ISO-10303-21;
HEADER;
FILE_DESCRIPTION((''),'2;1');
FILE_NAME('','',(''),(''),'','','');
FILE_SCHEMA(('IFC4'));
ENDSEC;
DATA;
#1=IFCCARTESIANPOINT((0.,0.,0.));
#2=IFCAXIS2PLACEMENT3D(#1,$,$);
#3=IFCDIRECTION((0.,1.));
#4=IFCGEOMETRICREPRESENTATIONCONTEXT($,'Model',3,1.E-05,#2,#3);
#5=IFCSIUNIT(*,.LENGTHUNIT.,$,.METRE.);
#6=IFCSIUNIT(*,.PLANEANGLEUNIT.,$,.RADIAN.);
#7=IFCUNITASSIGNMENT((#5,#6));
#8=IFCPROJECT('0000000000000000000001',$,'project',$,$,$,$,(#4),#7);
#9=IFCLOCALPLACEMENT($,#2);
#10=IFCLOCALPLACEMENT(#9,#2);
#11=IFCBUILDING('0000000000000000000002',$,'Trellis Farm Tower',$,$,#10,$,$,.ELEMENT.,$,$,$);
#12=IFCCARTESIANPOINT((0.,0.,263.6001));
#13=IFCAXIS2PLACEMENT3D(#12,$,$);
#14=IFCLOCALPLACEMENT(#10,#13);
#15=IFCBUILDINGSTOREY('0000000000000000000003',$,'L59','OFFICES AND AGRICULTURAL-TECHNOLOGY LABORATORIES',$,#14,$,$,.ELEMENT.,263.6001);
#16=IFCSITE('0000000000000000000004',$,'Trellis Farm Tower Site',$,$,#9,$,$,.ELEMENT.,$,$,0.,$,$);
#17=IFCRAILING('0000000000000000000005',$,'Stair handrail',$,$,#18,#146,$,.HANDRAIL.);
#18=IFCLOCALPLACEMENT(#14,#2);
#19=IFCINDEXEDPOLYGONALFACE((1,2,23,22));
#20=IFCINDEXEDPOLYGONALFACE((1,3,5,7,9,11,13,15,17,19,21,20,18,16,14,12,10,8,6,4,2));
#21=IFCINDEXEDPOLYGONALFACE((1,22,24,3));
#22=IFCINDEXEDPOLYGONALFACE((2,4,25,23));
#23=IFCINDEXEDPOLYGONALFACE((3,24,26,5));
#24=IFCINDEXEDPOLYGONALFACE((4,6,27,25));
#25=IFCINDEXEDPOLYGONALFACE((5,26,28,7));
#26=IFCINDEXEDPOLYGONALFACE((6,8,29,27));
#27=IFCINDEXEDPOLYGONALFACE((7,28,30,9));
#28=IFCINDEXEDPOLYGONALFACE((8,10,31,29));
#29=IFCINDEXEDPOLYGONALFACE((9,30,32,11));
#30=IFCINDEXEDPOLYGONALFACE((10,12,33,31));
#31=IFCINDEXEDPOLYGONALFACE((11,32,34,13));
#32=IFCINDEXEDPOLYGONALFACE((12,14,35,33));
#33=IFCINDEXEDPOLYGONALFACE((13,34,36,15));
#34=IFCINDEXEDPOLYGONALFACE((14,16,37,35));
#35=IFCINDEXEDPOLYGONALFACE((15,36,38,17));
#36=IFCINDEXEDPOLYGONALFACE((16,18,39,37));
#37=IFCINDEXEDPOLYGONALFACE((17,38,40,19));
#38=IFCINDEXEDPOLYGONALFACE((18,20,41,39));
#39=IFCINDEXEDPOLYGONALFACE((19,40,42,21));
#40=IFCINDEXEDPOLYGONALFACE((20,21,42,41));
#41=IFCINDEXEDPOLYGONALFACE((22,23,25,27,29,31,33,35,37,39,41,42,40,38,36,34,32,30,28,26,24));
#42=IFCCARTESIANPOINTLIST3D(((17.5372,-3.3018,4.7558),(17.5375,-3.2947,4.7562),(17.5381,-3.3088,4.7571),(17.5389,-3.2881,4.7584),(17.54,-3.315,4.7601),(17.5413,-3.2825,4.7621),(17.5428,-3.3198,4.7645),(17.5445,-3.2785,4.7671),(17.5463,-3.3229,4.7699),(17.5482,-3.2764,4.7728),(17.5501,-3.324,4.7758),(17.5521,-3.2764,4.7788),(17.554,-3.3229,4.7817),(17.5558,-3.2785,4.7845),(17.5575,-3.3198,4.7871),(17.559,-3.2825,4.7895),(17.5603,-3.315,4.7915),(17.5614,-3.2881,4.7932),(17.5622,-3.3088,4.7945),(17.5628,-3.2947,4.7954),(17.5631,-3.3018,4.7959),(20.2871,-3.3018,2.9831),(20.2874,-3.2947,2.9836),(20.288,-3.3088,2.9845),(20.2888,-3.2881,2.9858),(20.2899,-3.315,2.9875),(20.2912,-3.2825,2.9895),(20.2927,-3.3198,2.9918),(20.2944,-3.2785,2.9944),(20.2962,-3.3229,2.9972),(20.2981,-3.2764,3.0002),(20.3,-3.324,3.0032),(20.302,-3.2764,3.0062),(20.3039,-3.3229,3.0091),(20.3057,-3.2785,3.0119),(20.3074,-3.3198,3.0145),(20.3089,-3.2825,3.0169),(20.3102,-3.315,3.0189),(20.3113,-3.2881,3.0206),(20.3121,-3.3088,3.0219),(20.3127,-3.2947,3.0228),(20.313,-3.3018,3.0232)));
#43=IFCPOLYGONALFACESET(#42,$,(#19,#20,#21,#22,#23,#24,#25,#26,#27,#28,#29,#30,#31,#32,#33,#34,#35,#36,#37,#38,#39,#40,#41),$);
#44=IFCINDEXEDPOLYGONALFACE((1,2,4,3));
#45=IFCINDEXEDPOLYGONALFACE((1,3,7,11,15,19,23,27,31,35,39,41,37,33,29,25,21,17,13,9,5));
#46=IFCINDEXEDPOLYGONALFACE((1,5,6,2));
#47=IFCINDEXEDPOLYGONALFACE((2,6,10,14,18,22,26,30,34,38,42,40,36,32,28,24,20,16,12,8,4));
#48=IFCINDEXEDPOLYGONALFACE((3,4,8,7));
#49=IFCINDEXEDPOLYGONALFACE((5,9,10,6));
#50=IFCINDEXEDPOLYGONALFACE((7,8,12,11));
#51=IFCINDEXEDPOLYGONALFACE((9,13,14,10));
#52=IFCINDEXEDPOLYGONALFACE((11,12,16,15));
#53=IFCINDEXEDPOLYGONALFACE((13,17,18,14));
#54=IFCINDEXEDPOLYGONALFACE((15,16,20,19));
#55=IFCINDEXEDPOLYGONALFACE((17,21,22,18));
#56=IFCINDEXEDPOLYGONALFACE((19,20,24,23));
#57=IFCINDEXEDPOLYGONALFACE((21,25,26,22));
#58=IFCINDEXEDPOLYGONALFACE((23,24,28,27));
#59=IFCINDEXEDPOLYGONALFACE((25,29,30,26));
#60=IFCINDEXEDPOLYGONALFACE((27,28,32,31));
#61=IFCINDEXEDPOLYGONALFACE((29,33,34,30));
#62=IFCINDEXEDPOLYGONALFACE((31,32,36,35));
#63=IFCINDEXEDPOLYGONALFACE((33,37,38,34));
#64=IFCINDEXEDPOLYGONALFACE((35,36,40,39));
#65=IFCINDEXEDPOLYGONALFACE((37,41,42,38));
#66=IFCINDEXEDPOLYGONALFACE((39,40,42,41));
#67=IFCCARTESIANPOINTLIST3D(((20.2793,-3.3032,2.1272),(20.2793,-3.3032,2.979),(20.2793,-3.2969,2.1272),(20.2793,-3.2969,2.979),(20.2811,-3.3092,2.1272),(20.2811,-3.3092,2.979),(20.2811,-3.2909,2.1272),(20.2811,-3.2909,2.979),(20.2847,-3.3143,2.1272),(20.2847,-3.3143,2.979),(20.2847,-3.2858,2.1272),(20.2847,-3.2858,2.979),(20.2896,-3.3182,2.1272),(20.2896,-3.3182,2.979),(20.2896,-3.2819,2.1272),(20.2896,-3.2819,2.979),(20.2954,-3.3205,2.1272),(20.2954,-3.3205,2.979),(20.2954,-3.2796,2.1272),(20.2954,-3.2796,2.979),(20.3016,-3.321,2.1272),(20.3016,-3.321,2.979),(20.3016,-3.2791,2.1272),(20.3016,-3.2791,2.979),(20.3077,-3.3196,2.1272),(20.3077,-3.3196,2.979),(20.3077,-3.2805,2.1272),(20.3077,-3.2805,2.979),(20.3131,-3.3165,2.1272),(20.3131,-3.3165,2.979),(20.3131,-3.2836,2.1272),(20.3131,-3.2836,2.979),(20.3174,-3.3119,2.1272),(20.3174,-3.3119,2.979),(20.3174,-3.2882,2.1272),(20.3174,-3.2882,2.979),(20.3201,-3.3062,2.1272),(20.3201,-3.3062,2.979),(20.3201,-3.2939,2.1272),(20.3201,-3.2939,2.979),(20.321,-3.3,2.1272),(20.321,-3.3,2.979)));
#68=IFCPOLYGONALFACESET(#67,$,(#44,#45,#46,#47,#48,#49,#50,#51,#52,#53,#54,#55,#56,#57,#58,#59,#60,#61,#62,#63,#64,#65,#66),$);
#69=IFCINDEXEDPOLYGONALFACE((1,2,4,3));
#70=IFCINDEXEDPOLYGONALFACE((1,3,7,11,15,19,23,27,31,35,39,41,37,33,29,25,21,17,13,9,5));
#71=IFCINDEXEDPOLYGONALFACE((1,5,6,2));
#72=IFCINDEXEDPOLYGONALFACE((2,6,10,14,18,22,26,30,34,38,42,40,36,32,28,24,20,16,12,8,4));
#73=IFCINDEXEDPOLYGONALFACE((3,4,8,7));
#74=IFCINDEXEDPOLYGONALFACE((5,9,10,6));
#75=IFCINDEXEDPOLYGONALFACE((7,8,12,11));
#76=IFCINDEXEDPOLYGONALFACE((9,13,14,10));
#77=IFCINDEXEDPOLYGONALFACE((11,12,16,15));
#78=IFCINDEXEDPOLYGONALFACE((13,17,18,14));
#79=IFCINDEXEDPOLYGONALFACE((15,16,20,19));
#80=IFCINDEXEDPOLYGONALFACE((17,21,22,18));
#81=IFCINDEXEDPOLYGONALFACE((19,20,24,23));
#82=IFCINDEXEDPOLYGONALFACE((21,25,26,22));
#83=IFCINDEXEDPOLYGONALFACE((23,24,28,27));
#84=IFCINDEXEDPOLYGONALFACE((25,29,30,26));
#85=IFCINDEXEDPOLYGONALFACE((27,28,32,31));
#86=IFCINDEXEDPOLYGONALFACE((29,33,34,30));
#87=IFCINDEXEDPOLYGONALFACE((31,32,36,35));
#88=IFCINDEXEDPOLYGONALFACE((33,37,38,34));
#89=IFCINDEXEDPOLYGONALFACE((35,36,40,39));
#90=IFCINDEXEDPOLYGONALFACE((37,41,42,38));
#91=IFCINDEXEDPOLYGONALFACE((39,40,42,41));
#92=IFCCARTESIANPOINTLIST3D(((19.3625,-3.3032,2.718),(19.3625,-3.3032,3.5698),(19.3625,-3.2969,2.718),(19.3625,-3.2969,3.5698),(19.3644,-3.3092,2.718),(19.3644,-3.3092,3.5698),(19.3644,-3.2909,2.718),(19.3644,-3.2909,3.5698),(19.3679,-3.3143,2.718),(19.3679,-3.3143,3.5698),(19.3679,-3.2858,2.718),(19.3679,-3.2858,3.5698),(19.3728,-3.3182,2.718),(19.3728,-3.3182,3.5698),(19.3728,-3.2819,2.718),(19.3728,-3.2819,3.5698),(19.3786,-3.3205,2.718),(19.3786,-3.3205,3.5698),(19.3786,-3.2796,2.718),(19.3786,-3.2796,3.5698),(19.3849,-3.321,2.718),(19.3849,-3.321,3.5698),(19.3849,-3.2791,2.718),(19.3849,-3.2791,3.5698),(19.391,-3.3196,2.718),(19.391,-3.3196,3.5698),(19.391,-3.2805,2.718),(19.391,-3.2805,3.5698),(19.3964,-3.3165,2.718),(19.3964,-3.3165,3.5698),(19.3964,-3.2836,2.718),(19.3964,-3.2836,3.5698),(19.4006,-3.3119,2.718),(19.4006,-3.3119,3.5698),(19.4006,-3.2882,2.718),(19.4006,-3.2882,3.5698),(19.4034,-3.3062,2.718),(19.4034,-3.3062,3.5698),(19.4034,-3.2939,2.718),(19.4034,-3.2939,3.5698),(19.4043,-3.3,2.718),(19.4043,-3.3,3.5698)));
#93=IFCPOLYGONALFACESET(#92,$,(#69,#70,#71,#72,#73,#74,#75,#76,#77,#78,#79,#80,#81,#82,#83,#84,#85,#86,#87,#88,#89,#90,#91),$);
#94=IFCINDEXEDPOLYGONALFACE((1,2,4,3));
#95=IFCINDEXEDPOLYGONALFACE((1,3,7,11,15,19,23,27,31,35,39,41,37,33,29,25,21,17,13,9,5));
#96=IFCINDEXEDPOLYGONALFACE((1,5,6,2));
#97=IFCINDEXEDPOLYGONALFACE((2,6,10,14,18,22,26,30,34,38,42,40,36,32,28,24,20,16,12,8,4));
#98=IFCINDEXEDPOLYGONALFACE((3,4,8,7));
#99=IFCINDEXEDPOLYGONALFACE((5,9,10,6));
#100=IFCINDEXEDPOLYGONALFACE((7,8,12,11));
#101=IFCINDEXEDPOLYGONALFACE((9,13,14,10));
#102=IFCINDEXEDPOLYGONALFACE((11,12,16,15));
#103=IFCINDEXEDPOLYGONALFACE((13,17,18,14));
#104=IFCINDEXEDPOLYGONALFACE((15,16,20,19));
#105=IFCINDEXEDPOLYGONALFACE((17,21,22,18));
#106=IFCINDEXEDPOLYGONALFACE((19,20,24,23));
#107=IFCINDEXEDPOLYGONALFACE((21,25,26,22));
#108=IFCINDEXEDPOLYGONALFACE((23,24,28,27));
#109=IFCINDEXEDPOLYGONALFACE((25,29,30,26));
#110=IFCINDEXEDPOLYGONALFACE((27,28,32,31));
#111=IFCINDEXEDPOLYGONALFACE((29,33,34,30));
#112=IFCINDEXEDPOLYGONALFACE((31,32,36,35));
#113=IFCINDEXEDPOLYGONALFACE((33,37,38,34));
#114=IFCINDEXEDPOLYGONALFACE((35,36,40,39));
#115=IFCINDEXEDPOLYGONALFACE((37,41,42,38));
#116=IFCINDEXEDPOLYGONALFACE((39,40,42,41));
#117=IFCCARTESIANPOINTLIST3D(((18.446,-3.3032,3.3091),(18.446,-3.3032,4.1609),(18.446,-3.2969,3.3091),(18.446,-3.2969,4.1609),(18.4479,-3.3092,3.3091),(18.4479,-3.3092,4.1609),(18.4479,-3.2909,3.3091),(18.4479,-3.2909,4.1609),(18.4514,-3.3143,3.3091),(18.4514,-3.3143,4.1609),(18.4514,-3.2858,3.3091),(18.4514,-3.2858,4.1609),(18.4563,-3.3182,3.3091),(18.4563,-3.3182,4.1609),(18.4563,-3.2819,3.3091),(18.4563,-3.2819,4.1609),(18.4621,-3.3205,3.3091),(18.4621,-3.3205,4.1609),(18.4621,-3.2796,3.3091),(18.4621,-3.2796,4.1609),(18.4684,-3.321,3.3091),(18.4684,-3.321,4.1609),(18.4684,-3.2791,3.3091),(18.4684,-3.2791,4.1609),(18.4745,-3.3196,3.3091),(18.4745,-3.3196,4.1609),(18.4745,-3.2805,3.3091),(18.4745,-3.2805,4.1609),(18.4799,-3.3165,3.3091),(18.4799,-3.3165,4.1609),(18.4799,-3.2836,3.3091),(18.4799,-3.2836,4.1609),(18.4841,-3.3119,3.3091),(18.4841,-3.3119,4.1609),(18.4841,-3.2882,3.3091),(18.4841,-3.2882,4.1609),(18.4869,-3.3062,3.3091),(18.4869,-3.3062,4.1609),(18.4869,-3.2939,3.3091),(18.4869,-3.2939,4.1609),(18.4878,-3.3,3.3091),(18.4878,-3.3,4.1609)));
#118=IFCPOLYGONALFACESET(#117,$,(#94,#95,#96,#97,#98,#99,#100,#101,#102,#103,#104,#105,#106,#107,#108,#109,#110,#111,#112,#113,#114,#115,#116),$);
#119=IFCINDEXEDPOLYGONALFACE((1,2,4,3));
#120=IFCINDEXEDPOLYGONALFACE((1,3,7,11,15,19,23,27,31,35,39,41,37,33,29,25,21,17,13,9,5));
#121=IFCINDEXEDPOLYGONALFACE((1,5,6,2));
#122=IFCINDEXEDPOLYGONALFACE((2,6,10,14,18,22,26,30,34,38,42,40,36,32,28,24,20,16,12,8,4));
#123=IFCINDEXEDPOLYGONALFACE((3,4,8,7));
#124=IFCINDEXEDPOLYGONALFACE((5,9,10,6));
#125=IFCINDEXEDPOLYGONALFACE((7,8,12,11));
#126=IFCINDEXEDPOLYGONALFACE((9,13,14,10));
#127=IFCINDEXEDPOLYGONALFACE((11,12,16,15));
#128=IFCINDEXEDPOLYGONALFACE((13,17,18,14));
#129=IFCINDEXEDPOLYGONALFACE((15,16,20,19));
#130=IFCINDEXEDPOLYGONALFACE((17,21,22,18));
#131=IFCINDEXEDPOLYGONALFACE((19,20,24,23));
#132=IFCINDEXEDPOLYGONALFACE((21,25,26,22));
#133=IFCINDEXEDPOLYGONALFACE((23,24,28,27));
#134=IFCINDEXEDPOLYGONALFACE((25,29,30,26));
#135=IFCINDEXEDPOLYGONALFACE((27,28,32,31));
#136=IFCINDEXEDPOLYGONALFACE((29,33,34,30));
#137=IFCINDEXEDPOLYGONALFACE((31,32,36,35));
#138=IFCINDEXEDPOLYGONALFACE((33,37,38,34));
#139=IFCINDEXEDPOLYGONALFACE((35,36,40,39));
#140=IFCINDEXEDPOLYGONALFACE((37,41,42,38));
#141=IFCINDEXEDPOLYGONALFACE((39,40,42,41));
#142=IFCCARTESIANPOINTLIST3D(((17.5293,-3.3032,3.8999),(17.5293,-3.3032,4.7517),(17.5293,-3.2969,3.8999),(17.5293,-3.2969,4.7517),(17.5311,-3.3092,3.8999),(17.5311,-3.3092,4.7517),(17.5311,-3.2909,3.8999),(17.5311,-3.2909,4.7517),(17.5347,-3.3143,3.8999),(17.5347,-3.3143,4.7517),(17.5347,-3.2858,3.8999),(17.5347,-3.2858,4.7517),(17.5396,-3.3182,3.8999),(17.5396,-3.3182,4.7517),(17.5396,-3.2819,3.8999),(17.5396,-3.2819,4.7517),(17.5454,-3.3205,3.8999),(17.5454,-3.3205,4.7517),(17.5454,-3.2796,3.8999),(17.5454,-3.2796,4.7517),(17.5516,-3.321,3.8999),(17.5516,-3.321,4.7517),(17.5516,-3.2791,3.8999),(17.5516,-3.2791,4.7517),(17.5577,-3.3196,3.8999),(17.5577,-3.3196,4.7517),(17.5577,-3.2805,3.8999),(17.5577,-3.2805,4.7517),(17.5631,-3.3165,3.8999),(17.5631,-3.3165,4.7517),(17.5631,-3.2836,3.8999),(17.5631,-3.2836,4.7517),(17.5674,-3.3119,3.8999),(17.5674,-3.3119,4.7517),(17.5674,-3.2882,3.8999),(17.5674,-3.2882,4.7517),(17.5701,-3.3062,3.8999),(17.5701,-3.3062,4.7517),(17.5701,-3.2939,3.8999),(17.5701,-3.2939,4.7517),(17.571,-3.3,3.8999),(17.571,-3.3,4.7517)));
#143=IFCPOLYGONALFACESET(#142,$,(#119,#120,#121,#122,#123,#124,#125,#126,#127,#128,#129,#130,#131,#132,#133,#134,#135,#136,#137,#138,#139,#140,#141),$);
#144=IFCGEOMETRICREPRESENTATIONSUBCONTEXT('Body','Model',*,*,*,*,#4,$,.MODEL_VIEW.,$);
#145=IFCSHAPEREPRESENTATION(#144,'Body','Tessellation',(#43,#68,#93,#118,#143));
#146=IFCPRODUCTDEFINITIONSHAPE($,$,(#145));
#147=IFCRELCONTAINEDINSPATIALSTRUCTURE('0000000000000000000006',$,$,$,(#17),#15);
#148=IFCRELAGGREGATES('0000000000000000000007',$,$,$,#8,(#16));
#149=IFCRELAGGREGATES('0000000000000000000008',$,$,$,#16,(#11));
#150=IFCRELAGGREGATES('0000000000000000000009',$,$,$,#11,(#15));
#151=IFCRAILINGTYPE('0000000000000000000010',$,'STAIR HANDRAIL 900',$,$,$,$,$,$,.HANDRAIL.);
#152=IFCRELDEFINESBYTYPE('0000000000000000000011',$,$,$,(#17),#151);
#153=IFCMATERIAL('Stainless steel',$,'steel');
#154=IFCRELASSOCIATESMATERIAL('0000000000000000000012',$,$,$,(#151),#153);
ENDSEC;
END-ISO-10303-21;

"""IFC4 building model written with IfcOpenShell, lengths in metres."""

from ifc_helpers import new_model, si_unit, direction, frame, origin, origin_2d, place, context, subcontext, project, spatial, circle, extrude, source, transform, mapped, material, type_object, element, save


model = new_model("IFC4")

# Units and contexts
model_context = context("Model", 3, precision=1e-05, world=origin(), true_north=direction((0.0, 1.0)))
body_context = subcontext(model_context, "Body", "Model", "MODEL_VIEW")
ifc_project = project(units=[si_unit("LENGTHUNIT", "METRE"), si_unit("PLANEANGLEUNIT", "RADIAN")], contexts=[model_context])

# Site, building, storey
site_placement = place(None, origin())
site = spatial("IfcSite", under=ifc_project, at=site_placement, Name="Trellis Farm Tower Site", CompositionType="ELEMENT", RefElevation=0.0)
building_placement = place(site_placement, origin())
building = spatial("IfcBuilding", under=site, at=building_placement, Name="Trellis Farm Tower", CompositionType="ELEMENT")
storey_placement = place(building_placement, frame((0.0, 0.0, 263.6001)))
storey = spatial("IfcBuildingStorey", under=building, at=storey_placement, Name="L59", Description="OFFICES AND AGRICULTURAL-TECHNOLOGY LABORATORIES", CompositionType="ELEMENT", Elevation=263.6001)

# Railing
ifc_material_1 = material(Name="Stainless steel", Category="steel")
railing_type = type_object("IfcRailingType", Name="STAIR HANDRAIL 900", PredefinedType="HANDRAIL", material=ifc_material_1)
shared_shape_1 = source(origin(), body_context, "Body", "SweptSolid", [
    extrude(circle(Radius=0.0239, at=origin_2d()), frame((0.0, 0.0, 0.876), z_axis=(-0.840504, 0.0, 0.541806), x_axis=(0.0, -1.0, 0.0)), (0.0, 0.0, 1.0), 3.2717),
    extrude(circle(Radius=0.021, at=origin_2d()), origin(), (0.0, 0.0, 1.0), 0.8518),
    extrude(circle(Radius=0.021, at=origin_2d()), frame((-0.9167, 0.0, 0.5908)), (0.0, 0.0, 1.0), 0.8518),
    extrude(circle(Radius=0.021, at=origin_2d()), frame((-1.8333, 0.0, 1.1819)), (0.0, 0.0, 1.0), 0.8518),
    extrude(circle(Radius=0.021, at=origin_2d()), frame((-2.75, 0.0, 1.7727)), (0.0, 0.0, 1.0), 0.8518),
])
for number, where, name in (
    (1, (20.3, -3.3, 2.1272), "Stair handrail"),
):
    element("IfcRailing", number, at=place(storey_placement, frame(where)), inside=storey, type_object=railing_type, Name=name, PredefinedType="HANDRAIL", context=body_context, shape_type="MappedRepresentation", body=[
        mapped(shared_shape_1, transform((0.0, 0.0, 0.0))),
    ])

save(model, "model.ifc")
